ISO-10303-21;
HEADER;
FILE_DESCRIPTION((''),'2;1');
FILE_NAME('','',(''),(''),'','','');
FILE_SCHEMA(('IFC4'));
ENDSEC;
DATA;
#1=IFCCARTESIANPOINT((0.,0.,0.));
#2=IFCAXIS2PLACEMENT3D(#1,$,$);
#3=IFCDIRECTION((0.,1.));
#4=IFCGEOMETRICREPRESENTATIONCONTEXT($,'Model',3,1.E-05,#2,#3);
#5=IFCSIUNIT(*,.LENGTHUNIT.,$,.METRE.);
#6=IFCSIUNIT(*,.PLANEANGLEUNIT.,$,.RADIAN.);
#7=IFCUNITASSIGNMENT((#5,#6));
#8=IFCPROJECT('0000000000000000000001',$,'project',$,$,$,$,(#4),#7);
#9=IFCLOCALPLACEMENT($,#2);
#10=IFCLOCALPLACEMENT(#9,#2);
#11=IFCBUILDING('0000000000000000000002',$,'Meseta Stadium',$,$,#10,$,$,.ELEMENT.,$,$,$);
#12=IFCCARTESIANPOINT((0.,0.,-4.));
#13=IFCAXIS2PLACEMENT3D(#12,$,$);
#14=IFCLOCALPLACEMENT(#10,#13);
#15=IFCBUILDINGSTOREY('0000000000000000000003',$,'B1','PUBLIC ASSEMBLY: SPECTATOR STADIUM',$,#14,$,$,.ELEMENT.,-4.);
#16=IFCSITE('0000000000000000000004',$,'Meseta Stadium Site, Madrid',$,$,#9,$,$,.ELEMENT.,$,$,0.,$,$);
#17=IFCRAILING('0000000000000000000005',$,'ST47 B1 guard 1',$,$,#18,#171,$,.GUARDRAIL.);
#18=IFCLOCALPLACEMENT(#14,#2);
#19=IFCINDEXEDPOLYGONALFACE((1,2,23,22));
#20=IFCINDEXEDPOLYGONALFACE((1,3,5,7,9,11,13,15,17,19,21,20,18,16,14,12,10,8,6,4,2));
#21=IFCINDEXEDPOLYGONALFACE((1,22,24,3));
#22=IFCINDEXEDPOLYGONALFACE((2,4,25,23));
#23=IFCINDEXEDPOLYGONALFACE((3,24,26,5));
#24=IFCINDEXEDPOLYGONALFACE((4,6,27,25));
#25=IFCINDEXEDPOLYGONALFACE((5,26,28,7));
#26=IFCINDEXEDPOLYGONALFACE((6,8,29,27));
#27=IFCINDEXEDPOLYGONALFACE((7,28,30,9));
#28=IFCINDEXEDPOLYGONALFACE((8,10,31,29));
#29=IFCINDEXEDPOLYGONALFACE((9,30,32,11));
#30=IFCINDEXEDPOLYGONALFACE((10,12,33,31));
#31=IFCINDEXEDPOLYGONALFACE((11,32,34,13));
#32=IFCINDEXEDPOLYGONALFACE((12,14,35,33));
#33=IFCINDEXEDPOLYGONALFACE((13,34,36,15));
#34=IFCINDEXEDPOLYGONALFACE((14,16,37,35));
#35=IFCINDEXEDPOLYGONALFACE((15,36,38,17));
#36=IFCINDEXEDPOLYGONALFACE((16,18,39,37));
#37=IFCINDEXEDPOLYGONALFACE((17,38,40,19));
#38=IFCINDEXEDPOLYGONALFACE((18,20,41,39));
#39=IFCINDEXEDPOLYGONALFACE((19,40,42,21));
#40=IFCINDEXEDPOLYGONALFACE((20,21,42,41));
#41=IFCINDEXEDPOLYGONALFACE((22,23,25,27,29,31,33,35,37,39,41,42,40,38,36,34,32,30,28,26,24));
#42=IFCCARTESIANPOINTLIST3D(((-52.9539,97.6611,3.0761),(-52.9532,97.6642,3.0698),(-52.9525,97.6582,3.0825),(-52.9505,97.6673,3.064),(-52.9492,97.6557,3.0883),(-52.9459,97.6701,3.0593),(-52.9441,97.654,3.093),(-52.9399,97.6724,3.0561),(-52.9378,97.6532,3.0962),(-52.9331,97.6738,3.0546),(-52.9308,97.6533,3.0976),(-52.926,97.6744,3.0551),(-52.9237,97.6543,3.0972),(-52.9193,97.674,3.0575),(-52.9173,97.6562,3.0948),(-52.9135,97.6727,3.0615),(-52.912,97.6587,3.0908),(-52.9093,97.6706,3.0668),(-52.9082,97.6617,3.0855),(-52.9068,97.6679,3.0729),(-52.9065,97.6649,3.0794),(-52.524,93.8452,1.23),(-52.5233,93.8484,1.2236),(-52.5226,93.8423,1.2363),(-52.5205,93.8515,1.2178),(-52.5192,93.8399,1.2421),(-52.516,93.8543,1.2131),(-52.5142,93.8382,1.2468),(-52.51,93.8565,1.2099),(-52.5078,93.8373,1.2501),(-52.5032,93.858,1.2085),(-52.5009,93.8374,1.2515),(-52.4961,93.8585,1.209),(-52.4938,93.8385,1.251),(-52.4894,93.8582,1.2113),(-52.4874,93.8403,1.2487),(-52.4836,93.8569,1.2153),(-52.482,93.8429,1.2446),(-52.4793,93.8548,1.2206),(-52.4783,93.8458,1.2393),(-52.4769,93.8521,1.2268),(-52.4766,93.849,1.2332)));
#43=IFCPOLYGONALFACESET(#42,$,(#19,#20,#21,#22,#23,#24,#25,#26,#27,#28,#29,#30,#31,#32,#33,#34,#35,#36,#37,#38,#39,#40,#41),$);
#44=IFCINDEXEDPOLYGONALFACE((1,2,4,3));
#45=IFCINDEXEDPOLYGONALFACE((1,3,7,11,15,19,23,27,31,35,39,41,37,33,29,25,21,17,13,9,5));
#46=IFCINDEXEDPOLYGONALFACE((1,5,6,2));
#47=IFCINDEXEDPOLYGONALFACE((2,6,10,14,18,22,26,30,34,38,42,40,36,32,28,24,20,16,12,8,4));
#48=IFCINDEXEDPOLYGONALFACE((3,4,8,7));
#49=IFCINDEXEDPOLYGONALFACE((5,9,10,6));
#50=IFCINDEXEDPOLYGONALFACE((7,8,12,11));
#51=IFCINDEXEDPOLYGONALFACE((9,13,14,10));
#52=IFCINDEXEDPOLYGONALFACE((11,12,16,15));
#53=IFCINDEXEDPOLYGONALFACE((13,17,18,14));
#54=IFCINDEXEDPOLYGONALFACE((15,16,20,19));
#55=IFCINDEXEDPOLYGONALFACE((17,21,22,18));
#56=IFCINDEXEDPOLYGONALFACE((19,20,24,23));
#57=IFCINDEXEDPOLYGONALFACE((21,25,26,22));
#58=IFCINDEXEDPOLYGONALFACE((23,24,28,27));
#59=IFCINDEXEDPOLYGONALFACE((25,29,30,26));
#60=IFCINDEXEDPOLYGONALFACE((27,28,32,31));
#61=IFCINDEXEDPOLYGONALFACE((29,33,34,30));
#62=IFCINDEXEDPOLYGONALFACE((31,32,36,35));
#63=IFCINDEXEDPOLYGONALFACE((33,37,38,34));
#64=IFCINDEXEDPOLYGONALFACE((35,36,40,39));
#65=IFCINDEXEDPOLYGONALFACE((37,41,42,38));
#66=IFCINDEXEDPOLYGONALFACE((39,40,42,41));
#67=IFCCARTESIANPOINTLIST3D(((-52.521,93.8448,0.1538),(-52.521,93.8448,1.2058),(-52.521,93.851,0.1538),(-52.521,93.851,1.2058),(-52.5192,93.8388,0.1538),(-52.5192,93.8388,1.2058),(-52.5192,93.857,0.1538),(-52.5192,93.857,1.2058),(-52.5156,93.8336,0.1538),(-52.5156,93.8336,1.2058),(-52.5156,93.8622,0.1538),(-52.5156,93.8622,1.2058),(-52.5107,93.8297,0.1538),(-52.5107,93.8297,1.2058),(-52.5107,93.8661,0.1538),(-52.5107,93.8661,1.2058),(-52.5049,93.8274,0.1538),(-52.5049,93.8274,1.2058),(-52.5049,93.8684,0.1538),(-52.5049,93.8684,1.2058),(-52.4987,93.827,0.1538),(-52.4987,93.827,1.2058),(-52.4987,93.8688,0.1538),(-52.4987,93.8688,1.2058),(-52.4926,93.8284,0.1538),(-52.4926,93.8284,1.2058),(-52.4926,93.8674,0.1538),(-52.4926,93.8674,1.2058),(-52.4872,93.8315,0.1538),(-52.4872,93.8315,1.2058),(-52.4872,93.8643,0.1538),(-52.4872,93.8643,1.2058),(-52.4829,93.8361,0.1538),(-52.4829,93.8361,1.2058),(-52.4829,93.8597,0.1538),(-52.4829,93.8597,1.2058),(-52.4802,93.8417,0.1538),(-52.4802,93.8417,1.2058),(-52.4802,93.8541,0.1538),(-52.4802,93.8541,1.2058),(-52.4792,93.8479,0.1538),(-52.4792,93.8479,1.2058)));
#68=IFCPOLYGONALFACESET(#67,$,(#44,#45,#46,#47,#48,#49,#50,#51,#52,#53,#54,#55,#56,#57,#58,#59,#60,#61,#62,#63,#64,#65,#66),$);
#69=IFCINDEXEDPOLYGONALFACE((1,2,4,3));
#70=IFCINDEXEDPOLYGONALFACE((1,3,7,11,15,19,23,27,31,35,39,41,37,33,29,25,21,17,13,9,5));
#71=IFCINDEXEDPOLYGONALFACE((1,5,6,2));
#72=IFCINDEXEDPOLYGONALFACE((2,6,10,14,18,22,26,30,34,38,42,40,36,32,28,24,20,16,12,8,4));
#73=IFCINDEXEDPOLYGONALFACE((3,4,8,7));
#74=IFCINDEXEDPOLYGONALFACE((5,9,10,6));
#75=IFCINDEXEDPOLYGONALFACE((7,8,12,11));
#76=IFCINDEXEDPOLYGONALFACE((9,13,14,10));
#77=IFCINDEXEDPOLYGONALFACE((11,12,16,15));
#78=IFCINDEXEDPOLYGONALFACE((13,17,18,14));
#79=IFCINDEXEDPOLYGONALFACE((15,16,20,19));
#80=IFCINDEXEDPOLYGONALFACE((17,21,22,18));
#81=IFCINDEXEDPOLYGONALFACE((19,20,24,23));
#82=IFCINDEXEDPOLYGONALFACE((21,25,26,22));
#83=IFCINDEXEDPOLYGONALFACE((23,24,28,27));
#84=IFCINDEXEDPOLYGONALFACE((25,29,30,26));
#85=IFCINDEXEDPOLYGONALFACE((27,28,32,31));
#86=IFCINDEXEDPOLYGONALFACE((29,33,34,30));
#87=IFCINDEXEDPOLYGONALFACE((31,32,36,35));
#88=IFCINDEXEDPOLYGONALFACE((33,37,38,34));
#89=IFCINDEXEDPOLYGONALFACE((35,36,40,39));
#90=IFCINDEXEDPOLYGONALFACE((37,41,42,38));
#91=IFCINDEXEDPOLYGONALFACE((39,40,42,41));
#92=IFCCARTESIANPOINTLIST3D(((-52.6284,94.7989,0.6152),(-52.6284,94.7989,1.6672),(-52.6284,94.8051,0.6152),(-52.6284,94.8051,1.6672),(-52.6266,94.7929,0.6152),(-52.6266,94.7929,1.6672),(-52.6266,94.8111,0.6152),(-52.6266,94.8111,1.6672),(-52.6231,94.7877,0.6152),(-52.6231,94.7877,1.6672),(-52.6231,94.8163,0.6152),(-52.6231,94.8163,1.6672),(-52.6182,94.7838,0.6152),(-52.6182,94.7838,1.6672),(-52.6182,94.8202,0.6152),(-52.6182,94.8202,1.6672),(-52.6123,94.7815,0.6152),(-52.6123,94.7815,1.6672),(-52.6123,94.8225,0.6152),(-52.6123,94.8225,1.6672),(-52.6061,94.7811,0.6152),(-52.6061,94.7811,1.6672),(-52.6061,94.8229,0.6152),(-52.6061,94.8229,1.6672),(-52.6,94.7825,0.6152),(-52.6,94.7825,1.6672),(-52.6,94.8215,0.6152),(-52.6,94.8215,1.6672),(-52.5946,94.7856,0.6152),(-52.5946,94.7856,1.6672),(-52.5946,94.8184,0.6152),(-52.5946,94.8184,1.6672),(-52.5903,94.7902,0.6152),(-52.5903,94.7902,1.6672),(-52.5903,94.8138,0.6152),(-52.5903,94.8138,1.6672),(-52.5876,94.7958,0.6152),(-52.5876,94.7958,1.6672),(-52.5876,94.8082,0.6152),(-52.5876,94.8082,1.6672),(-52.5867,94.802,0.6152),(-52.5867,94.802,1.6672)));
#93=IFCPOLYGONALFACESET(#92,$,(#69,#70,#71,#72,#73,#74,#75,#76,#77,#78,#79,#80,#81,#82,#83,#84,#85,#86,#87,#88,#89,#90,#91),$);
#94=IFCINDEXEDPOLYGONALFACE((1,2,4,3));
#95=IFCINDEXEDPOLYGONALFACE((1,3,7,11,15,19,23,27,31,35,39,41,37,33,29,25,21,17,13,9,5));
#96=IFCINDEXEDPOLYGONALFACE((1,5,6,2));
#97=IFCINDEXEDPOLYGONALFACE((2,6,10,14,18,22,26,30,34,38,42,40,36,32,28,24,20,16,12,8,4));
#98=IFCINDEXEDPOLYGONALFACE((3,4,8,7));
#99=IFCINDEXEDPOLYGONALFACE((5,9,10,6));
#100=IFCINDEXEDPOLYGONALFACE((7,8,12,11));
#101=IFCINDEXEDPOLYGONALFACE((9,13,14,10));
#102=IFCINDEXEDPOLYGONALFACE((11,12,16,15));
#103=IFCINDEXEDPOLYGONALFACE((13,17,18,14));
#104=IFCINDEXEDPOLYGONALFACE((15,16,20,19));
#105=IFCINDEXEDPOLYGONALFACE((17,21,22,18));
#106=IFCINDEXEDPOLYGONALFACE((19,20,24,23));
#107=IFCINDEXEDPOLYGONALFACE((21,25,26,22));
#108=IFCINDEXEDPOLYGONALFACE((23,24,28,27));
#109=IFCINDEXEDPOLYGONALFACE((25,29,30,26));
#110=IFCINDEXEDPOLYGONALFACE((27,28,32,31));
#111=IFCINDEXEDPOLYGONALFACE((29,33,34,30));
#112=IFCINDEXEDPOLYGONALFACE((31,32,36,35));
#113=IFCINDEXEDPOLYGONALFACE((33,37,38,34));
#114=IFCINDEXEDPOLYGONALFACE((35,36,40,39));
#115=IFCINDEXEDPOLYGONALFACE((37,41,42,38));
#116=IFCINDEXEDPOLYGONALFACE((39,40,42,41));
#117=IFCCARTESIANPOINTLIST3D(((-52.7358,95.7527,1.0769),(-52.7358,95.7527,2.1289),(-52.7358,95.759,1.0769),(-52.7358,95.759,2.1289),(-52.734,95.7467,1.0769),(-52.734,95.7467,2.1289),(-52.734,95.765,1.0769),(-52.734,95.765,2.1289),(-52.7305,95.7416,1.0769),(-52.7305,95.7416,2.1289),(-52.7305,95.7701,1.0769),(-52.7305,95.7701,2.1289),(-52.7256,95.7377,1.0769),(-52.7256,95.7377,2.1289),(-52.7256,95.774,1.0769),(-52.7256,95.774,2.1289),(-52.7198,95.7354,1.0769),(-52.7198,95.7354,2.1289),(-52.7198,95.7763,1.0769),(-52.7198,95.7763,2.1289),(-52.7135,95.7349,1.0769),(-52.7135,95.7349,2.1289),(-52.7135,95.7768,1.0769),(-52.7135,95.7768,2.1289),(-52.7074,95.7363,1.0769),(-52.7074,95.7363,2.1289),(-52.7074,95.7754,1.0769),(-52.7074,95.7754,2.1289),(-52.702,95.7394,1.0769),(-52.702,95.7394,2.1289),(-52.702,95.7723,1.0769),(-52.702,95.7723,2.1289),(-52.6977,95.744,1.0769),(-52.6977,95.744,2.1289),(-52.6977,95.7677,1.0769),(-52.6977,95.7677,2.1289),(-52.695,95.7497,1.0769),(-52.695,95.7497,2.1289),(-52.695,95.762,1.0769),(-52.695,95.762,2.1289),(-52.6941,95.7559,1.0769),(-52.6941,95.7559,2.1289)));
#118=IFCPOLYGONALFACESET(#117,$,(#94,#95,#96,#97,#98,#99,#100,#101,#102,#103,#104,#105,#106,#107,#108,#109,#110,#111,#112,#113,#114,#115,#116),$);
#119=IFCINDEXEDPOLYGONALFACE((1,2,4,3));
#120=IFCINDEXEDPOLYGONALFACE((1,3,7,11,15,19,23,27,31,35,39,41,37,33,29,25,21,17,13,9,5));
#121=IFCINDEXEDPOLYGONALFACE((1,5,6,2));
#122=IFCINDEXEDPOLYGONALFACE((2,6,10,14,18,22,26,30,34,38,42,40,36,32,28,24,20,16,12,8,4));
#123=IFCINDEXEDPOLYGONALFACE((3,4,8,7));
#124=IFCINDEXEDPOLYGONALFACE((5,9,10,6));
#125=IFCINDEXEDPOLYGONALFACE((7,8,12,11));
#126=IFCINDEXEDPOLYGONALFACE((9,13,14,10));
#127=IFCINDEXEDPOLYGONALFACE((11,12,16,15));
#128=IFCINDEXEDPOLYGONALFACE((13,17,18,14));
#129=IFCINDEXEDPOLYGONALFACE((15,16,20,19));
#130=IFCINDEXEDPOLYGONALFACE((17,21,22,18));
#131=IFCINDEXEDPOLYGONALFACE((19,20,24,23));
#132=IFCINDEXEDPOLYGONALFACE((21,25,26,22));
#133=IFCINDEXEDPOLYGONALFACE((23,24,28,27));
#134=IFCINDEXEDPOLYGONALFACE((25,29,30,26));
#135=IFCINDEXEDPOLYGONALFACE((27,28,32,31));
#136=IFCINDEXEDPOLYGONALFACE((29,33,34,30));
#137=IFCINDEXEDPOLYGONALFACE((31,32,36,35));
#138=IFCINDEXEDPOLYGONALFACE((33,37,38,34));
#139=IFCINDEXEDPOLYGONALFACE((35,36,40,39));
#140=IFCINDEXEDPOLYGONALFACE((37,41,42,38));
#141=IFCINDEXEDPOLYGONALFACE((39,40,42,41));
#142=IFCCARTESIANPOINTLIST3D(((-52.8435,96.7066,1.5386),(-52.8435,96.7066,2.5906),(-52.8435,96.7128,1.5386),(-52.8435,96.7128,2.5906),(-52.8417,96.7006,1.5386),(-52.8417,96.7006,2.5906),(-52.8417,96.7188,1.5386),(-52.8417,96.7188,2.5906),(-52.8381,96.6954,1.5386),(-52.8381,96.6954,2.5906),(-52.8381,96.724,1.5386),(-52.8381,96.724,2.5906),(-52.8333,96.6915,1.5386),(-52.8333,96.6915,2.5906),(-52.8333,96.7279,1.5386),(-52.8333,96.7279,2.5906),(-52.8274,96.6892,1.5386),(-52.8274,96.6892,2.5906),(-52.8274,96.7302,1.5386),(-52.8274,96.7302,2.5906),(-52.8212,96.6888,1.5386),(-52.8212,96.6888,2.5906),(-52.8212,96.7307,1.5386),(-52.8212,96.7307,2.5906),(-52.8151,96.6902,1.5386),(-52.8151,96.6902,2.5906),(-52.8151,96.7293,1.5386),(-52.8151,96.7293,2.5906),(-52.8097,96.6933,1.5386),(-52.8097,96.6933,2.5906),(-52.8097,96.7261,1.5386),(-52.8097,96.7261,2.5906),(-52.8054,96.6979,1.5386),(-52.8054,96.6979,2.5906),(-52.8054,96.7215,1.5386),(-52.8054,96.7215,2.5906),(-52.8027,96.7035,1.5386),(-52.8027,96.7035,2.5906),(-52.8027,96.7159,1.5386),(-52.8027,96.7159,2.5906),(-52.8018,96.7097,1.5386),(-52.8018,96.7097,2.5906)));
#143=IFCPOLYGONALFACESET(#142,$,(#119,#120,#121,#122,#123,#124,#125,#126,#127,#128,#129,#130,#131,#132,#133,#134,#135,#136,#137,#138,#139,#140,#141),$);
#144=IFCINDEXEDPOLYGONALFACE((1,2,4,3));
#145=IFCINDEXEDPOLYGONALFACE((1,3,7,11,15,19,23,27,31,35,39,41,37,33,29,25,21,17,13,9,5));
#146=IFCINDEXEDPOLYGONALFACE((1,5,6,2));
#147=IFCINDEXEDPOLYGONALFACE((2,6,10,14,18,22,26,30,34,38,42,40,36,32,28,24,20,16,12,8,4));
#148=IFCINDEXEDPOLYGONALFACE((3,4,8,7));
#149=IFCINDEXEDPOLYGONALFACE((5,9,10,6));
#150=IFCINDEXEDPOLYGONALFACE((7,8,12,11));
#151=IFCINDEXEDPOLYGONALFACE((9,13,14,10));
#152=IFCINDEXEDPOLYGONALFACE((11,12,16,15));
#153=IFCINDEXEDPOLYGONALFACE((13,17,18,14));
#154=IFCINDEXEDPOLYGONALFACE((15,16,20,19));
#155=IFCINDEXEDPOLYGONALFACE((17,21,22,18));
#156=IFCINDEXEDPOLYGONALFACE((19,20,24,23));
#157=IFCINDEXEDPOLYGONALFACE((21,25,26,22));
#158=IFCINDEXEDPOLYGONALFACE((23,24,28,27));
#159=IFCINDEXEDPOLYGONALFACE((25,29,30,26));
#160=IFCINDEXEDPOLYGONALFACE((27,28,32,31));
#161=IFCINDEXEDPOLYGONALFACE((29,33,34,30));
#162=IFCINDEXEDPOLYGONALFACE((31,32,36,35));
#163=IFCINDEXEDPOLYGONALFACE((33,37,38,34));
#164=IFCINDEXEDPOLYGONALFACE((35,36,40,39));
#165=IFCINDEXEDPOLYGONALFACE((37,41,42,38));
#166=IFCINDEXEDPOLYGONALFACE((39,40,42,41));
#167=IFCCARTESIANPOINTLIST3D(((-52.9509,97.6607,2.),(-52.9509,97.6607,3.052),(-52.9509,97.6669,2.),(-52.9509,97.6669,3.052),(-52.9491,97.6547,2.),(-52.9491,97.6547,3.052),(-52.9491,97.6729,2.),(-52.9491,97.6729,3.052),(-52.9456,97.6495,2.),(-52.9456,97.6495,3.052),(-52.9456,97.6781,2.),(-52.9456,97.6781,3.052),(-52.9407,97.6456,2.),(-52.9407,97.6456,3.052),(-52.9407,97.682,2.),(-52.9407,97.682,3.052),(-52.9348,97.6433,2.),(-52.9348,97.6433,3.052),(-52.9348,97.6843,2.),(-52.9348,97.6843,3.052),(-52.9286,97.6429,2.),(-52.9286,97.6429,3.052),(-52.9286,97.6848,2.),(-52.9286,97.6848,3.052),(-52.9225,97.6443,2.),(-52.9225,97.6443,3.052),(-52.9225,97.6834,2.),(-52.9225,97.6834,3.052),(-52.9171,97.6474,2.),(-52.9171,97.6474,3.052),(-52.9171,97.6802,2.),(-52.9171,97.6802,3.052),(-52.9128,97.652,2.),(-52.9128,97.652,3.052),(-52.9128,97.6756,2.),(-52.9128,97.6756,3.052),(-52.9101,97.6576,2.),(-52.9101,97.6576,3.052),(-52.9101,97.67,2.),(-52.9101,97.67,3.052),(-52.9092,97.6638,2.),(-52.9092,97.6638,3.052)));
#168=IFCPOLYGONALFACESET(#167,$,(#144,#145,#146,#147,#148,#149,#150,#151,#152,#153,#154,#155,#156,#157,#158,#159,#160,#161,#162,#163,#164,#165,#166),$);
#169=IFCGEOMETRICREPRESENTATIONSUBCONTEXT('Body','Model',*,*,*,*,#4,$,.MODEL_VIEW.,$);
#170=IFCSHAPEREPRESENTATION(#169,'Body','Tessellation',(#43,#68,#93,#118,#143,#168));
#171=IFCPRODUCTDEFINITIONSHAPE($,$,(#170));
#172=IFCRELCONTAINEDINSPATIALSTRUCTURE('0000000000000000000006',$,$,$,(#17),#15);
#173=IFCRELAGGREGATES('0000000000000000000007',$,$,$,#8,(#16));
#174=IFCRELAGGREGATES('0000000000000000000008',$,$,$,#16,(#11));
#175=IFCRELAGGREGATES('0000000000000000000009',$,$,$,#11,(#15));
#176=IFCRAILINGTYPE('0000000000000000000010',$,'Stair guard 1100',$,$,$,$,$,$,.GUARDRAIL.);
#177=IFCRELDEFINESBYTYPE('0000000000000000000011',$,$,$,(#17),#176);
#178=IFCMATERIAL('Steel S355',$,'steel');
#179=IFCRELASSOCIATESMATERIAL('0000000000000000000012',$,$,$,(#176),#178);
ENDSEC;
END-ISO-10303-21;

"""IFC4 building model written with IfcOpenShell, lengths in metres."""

from ifc_helpers import new_model, si_unit, direction, frame, origin, origin_2d, place, context, subcontext, project, spatial, circle, extrude, material, type_object, element, save


model = new_model("IFC4")

# Units and contexts
model_context = context("Model", 3, precision=1e-05, world=origin(), true_north=direction((0.0, 1.0)))
body_context = subcontext(model_context, "Body", "Model", "MODEL_VIEW")
ifc_project = project(units=[si_unit("LENGTHUNIT", "METRE"), si_unit("PLANEANGLEUNIT", "RADIAN")], contexts=[model_context])

# Site, building, storey
site_placement = place(None, origin())
site = spatial("IfcSite", under=ifc_project, at=site_placement, Name="Meseta Stadium Site, Madrid", CompositionType="ELEMENT", RefElevation=0.0)
building_placement = place(site_placement, origin())
building = spatial("IfcBuilding", under=site, at=building_placement, Name="Meseta Stadium", CompositionType="ELEMENT")
storey_placement = place(building_placement, frame((0.0, 0.0, -4.0)))
storey = spatial("IfcBuildingStorey", under=building, at=storey_placement, Name="B1", Description="PUBLIC ASSEMBLY: SPECTATOR STADIUM", CompositionType="ELEMENT", Elevation=-4.0)

# Railing
ifc_material_1 = material(Name="Steel S355", Category="steel")
railing_type_1 = type_object("IfcRailingType", Name="Stair guard 1100", PredefinedType="GUARDRAIL", material=ifc_material_1)
railing_1_placement = place(storey_placement, frame((-52.5002, 93.8479, 0.1538)))
element("IfcRailing", 1, at=railing_1_placement, inside=storey, type_object=railing_type_1, Name="ST47 B1 guard 1", PredefinedType="GUARDRAIL", context=body_context, shape_type="SweptSolid", body=[
    extrude(circle(Radius=0.0239, at=origin_2d()), frame((0.0, 0.0, 1.0762), z_axis=(-0.100904, 0.895585, 0.433296), x_axis=(-0.993713, -0.11196, 0.0)), (0.0, 0.0, 1.0), 4.2607),
    extrude(circle(Radius=0.021, at=origin_2d()), origin(), (0.0, 0.0, 1.0), 1.052),
    extrude(circle(Radius=0.021, at=origin_2d()), frame((-0.1074, 0.9541, 0.4614)), (0.0, 0.0, 1.0), 1.052),
    extrude(circle(Radius=0.021, at=origin_2d()), frame((-0.2148, 1.908, 0.9231)), (0.0, 0.0, 1.0), 1.052),
    extrude(circle(Radius=0.021, at=origin_2d()), frame((-0.3225, 2.8618, 1.3848)), (0.0, 0.0, 1.0), 1.052),
    extrude(circle(Radius=0.021, at=origin_2d()), frame((-0.4299, 3.8159, 1.8462)), (0.0, 0.0, 1.0), 1.052),
])

save(model, "model.ifc")
